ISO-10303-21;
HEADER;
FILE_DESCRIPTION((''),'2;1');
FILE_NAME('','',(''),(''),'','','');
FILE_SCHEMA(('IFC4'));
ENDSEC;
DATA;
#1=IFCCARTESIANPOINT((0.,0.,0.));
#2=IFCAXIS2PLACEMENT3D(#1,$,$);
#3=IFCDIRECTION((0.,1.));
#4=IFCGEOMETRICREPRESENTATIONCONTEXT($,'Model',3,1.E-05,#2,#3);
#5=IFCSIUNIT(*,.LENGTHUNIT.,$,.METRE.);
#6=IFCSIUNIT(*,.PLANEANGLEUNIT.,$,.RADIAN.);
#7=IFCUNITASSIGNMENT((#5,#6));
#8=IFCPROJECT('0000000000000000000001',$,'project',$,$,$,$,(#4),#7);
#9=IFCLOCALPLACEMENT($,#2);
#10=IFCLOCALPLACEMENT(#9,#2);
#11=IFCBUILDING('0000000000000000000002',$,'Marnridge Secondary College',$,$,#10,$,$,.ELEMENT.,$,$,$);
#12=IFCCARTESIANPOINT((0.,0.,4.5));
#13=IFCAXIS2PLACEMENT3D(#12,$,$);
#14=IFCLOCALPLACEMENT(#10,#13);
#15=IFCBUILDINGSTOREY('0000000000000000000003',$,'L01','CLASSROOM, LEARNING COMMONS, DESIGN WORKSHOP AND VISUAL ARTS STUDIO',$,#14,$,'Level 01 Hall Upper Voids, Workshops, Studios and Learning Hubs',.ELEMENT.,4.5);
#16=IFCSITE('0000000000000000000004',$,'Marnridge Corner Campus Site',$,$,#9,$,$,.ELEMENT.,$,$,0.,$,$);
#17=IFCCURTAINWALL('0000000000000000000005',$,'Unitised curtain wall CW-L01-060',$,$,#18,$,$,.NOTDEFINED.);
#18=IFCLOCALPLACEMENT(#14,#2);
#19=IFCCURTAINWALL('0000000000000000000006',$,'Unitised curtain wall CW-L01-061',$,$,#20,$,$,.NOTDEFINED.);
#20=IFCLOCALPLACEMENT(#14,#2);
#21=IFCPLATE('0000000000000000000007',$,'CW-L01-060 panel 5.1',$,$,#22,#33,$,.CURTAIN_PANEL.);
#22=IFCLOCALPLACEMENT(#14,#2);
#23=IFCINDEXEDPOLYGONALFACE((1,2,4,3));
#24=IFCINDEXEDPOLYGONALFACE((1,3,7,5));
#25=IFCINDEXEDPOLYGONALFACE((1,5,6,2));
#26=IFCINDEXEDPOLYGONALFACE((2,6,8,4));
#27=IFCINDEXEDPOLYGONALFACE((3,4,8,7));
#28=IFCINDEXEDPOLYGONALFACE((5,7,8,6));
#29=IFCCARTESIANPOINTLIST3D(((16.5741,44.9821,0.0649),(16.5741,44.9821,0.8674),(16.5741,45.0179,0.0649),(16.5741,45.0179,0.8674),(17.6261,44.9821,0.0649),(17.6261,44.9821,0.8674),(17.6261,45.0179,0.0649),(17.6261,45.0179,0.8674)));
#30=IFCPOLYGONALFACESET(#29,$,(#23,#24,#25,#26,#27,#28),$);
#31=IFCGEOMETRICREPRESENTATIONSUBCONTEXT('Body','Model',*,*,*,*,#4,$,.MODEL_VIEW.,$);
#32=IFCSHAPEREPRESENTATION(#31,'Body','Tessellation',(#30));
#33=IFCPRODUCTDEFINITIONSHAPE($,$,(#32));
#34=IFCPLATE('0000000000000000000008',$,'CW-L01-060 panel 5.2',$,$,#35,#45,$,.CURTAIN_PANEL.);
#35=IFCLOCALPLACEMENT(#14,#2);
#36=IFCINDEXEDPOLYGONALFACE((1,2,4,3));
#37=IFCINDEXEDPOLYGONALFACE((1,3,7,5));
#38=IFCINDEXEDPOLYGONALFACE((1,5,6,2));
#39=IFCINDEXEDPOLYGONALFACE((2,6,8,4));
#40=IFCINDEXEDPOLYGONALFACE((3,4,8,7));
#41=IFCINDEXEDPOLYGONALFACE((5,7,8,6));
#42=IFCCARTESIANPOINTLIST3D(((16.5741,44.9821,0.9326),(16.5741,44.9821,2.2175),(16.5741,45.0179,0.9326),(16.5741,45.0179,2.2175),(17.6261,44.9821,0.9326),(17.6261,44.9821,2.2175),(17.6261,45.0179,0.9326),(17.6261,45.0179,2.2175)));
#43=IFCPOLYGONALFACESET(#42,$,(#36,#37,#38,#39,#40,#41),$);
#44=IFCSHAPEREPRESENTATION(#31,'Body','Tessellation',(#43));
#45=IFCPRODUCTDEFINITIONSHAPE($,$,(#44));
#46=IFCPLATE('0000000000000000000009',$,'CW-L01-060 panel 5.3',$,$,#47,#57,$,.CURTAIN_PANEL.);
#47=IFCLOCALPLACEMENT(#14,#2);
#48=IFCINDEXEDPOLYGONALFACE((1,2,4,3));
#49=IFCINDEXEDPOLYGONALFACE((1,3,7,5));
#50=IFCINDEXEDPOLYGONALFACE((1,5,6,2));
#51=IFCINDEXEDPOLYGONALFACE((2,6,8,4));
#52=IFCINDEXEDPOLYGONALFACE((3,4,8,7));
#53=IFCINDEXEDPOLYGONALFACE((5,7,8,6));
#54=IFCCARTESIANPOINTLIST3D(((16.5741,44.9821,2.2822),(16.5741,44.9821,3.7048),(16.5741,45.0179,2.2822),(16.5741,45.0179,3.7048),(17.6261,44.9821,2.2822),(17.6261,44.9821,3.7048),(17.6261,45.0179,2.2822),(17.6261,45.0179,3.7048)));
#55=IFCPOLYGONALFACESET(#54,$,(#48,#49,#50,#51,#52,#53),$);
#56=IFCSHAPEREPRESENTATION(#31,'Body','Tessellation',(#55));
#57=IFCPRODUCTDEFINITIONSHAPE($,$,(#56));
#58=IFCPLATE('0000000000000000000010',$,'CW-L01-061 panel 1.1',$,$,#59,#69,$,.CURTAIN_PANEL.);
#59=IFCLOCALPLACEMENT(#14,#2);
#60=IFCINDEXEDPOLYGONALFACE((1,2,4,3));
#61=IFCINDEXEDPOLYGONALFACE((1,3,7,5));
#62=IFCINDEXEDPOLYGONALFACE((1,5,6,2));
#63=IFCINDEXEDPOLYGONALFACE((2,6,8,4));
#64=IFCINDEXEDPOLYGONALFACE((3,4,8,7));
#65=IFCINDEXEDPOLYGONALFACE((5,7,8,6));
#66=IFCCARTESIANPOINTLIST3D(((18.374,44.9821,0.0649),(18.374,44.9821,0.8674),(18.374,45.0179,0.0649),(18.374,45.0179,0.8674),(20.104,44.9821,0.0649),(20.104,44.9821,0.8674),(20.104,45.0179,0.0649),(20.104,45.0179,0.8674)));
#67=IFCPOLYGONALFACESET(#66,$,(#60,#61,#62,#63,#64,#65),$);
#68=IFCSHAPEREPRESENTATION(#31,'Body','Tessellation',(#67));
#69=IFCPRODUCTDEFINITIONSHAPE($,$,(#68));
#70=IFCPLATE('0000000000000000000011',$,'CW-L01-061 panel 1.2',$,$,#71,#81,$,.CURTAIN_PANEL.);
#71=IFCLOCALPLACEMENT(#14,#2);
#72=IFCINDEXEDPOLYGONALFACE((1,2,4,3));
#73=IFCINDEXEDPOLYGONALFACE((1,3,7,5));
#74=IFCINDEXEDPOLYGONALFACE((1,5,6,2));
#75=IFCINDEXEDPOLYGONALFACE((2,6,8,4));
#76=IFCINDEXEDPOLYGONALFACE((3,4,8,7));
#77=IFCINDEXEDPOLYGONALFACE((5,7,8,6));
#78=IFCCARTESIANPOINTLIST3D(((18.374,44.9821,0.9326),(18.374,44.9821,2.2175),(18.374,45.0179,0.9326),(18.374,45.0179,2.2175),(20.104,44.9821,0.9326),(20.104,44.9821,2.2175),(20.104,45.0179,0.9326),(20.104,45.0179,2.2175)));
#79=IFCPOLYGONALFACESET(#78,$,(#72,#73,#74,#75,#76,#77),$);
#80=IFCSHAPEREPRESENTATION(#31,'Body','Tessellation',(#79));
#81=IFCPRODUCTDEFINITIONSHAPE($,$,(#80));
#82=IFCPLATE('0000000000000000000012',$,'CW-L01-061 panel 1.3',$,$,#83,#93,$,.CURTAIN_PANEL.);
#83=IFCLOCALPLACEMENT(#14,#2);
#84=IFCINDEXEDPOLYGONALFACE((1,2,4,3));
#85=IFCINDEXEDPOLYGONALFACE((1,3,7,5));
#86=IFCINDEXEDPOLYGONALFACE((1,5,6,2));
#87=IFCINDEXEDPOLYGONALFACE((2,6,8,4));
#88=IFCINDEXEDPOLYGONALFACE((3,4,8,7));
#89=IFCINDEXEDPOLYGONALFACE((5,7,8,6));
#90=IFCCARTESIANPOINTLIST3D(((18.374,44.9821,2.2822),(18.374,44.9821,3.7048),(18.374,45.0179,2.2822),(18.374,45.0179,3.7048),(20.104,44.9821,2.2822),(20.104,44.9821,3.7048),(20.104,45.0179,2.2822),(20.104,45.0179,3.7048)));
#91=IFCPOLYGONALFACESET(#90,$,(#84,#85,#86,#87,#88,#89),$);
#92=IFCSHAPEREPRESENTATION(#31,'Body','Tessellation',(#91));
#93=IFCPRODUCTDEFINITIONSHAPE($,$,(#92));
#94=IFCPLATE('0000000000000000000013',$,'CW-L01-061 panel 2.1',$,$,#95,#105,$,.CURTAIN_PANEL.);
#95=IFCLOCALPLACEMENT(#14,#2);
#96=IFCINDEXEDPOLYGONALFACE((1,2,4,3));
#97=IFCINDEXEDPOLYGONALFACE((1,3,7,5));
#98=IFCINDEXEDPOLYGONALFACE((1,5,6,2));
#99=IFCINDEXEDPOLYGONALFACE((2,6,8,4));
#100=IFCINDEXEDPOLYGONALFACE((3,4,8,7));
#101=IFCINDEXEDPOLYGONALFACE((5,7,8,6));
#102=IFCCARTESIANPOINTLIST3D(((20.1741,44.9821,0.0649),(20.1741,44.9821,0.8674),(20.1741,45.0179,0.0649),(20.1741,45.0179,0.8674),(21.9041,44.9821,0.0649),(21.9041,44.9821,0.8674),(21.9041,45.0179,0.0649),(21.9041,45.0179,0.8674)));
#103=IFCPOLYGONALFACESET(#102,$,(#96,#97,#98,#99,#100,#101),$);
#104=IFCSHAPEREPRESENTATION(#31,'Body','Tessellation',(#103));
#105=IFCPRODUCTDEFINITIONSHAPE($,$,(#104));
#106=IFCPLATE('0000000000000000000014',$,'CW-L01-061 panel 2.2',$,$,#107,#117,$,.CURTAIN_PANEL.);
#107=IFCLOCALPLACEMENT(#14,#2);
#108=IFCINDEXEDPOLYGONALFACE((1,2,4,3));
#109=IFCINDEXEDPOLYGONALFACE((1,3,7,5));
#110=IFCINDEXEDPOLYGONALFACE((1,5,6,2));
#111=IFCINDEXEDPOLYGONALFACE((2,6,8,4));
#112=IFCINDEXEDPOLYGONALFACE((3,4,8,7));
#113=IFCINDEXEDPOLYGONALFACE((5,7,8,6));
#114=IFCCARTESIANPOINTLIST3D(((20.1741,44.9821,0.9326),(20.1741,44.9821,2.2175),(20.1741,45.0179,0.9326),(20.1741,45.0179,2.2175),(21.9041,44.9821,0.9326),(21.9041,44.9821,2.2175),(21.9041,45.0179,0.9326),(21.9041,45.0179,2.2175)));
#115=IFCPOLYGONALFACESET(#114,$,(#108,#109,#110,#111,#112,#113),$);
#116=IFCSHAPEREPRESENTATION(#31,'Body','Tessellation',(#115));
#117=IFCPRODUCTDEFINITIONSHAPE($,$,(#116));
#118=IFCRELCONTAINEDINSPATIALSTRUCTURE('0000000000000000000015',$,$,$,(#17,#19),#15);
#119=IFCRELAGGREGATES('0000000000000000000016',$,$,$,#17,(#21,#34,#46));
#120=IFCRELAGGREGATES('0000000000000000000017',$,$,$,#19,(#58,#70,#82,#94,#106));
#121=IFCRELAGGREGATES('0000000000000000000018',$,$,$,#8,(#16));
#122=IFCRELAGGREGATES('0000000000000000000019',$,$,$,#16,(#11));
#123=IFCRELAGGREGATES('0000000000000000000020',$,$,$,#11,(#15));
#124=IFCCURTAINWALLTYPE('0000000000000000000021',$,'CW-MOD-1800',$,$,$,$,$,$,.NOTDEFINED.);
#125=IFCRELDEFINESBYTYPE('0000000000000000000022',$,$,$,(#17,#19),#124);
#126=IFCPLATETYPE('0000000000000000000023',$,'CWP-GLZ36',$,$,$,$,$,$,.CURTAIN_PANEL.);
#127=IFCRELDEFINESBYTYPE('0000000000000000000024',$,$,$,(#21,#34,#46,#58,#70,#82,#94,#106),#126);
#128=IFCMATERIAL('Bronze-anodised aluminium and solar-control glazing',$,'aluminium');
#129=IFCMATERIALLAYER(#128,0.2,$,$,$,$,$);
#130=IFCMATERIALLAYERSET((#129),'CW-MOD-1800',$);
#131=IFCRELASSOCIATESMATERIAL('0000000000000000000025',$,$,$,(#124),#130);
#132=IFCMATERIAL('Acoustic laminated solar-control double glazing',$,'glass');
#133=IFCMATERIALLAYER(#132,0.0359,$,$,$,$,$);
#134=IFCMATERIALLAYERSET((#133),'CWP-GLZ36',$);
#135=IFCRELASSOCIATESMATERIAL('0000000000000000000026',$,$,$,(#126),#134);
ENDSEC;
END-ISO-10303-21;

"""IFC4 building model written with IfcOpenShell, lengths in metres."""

from ifc_helpers import new_model, si_unit, direction, frame, origin, origin_2d, place, context, subcontext, project, spatial, rectangle, extrude, material, layer, layer_set, type_object, element, aggregate, save


model = new_model("IFC4")

# Units and contexts
model_context = context("Model", 3, precision=1e-05, world=origin(), true_north=direction((0.0, 1.0)))
body_context = subcontext(model_context, "Body", "Model", "MODEL_VIEW")
ifc_project = project(units=[si_unit("LENGTHUNIT", "METRE"), si_unit("PLANEANGLEUNIT", "RADIAN")], contexts=[model_context])

# Site, building, storey
site_placement = place(None, origin())
site = spatial("IfcSite", under=ifc_project, at=site_placement, Name="Marnridge Corner Campus Site", CompositionType="ELEMENT", RefElevation=0.0)
building_placement = place(site_placement, origin())
building = spatial("IfcBuilding", under=site, at=building_placement, Name="Marnridge Secondary College", CompositionType="ELEMENT")
storey_placement = place(building_placement, frame((0.0, 0.0, 4.5)))
storey = spatial("IfcBuildingStorey", under=building, at=storey_placement, Name="L01", Description="CLASSROOM, LEARNING COMMONS, DESIGN WORKSHOP AND VISUAL ARTS STUDIO", LongName="Level 01 Hall Upper Voids, Workshops, Studios and Learning Hubs", CompositionType="ELEMENT", Elevation=4.5)

# Curtain wall
ifc_material_1 = material(Name="Bronze-anodised aluminium and solar-control glazing", Category="aluminium")
ifc_layer_1 = layer(ifc_material_1, 0.2)
ifc_layer_set_1 = layer_set([ifc_layer_1], Name="CW-MOD-1800")
curtain_wall_type = type_object("IfcCurtainWallType", Name="CW-MOD-1800", PredefinedType="NOTDEFINED", material=ifc_layer_set_1)
curtain_wall_1_placement = place(storey_placement, origin())
curtain_wall_1 = element("IfcCurtainWall", 1, at=curtain_wall_1_placement, inside=storey, type_object=curtain_wall_type, Name="Unitised curtain wall CW-L01-060", PredefinedType="NOTDEFINED")

# Curtain wall
curtain_wall_2_placement = place(storey_placement, origin())
curtain_wall_2 = element("IfcCurtainWall", 2, at=curtain_wall_2_placement, inside=storey, type_object=curtain_wall_type, Name="Unitised curtain wall CW-L01-061", PredefinedType="NOTDEFINED")

# Plates
ifc_material_2 = material(Name="Acoustic laminated solar-control double glazing", Category="glass")
ifc_layer_2 = layer(ifc_material_2, 0.0359)
ifc_layer_set_2 = layer_set([ifc_layer_2], Name="CWP-GLZ36")
plate_type = type_object("IfcPlateType", Name="CWP-GLZ36", PredefinedType="CURTAIN_PANEL", material=ifc_layer_set_2)
plate_1_placement = place(storey_placement, frame((17.1001, 45.0, 0.0649), z_axis=(0.0, 0.0, 1.0), x_axis=(1.0, 0.0, 0.0)))
plate_1 = element("IfcPlate", 3, at=plate_1_placement, type_object=plate_type, Name="CW-L01-060 panel 5.1", PredefinedType="CURTAIN_PANEL", context=body_context, shape_type="SweptSolid", body=[
    extrude(rectangle(XDim=1.052, YDim=0.0359, at=origin_2d()), origin(), (0.0, 0.0, 1.0), 0.8025),
])
plate_2_placement = place(storey_placement, frame((17.1001, 45.0, 0.9326), z_axis=(0.0, 0.0, 1.0), x_axis=(1.0, 0.0, 0.0)))
plate_2 = element("IfcPlate", 4, at=plate_2_placement, type_object=plate_type, Name="CW-L01-060 panel 5.2", PredefinedType="CURTAIN_PANEL", context=body_context, shape_type="SweptSolid", body=[
    extrude(rectangle(XDim=1.052, YDim=0.0359, at=origin_2d()), origin(), (0.0, 0.0, 1.0), 1.2849),
])
plate_3_placement = place(storey_placement, frame((17.1001, 45.0, 2.2822), z_axis=(0.0, 0.0, 1.0), x_axis=(1.0, 0.0, 0.0)))
plate_3 = element("IfcPlate", 5, at=plate_3_placement, type_object=plate_type, Name="CW-L01-060 panel 5.3", PredefinedType="CURTAIN_PANEL", context=body_context, shape_type="SweptSolid", body=[
    extrude(rectangle(XDim=1.052, YDim=0.0359, at=origin_2d()), origin(), (0.0, 0.0, 1.0), 1.4226),
])
aggregate(curtain_wall_1, [plate_1, plate_2, plate_3])
plate_4_placement = place(storey_placement, frame((19.239, 45.0, 0.0649), z_axis=(0.0, 0.0, 1.0), x_axis=(1.0, 0.0, 0.0)))
plate_4 = element("IfcPlate", 6, at=plate_4_placement, type_object=plate_type, Name="CW-L01-061 panel 1.1", PredefinedType="CURTAIN_PANEL", context=body_context, shape_type="SweptSolid", body=[
    extrude(rectangle(XDim=1.73, YDim=0.0359, at=origin_2d()), origin(), (0.0, 0.0, 1.0), 0.8025),
])
plate_5_placement = place(storey_placement, frame((19.239, 45.0, 0.9326), z_axis=(0.0, 0.0, 1.0), x_axis=(1.0, 0.0, 0.0)))
plate_5 = element("IfcPlate", 7, at=plate_5_placement, type_object=plate_type, Name="CW-L01-061 panel 1.2", PredefinedType="CURTAIN_PANEL", context=body_context, shape_type="SweptSolid", body=[
    extrude(rectangle(XDim=1.73, YDim=0.0359, at=origin_2d()), origin(), (0.0, 0.0, 1.0), 1.2849),
])
plate_6_placement = place(storey_placement, frame((19.239, 45.0, 2.2822), z_axis=(0.0, 0.0, 1.0), x_axis=(1.0, 0.0, 0.0)))
plate_6 = element("IfcPlate", 8, at=plate_6_placement, type_object=plate_type, Name="CW-L01-061 panel 1.3", PredefinedType="CURTAIN_PANEL", context=body_context, shape_type="SweptSolid", body=[
    extrude(rectangle(XDim=1.73, YDim=0.0359, at=origin_2d()), origin(), (0.0, 0.0, 1.0), 1.4226),
])
plate_7_placement = place(storey_placement, frame((21.0391, 45.0, 0.0649), z_axis=(0.0, 0.0, 1.0), x_axis=(1.0, 0.0, 0.0)))
plate_7 = element("IfcPlate", 9, at=plate_7_placement, type_object=plate_type, Name="CW-L01-061 panel 2.1", PredefinedType="CURTAIN_PANEL", context=body_context, shape_type="SweptSolid", body=[
    extrude(rectangle(XDim=1.73, YDim=0.0359, at=origin_2d()), origin(), (0.0, 0.0, 1.0), 0.8025),
])
plate_8_placement = place(storey_placement, frame((21.0391, 45.0, 0.9326), z_axis=(0.0, 0.0, 1.0), x_axis=(1.0, 0.0, 0.0)))
plate_8 = element("IfcPlate", 10, at=plate_8_placement, type_object=plate_type, Name="CW-L01-061 panel 2.2", PredefinedType="CURTAIN_PANEL", context=body_context, shape_type="SweptSolid", body=[
    extrude(rectangle(XDim=1.73, YDim=0.0359, at=origin_2d()), origin(), (0.0, 0.0, 1.0), 1.2849),
])
aggregate(curtain_wall_2, [plate_4, plate_5, plate_6, plate_7, plate_8])

save(model, "model.ifc")
